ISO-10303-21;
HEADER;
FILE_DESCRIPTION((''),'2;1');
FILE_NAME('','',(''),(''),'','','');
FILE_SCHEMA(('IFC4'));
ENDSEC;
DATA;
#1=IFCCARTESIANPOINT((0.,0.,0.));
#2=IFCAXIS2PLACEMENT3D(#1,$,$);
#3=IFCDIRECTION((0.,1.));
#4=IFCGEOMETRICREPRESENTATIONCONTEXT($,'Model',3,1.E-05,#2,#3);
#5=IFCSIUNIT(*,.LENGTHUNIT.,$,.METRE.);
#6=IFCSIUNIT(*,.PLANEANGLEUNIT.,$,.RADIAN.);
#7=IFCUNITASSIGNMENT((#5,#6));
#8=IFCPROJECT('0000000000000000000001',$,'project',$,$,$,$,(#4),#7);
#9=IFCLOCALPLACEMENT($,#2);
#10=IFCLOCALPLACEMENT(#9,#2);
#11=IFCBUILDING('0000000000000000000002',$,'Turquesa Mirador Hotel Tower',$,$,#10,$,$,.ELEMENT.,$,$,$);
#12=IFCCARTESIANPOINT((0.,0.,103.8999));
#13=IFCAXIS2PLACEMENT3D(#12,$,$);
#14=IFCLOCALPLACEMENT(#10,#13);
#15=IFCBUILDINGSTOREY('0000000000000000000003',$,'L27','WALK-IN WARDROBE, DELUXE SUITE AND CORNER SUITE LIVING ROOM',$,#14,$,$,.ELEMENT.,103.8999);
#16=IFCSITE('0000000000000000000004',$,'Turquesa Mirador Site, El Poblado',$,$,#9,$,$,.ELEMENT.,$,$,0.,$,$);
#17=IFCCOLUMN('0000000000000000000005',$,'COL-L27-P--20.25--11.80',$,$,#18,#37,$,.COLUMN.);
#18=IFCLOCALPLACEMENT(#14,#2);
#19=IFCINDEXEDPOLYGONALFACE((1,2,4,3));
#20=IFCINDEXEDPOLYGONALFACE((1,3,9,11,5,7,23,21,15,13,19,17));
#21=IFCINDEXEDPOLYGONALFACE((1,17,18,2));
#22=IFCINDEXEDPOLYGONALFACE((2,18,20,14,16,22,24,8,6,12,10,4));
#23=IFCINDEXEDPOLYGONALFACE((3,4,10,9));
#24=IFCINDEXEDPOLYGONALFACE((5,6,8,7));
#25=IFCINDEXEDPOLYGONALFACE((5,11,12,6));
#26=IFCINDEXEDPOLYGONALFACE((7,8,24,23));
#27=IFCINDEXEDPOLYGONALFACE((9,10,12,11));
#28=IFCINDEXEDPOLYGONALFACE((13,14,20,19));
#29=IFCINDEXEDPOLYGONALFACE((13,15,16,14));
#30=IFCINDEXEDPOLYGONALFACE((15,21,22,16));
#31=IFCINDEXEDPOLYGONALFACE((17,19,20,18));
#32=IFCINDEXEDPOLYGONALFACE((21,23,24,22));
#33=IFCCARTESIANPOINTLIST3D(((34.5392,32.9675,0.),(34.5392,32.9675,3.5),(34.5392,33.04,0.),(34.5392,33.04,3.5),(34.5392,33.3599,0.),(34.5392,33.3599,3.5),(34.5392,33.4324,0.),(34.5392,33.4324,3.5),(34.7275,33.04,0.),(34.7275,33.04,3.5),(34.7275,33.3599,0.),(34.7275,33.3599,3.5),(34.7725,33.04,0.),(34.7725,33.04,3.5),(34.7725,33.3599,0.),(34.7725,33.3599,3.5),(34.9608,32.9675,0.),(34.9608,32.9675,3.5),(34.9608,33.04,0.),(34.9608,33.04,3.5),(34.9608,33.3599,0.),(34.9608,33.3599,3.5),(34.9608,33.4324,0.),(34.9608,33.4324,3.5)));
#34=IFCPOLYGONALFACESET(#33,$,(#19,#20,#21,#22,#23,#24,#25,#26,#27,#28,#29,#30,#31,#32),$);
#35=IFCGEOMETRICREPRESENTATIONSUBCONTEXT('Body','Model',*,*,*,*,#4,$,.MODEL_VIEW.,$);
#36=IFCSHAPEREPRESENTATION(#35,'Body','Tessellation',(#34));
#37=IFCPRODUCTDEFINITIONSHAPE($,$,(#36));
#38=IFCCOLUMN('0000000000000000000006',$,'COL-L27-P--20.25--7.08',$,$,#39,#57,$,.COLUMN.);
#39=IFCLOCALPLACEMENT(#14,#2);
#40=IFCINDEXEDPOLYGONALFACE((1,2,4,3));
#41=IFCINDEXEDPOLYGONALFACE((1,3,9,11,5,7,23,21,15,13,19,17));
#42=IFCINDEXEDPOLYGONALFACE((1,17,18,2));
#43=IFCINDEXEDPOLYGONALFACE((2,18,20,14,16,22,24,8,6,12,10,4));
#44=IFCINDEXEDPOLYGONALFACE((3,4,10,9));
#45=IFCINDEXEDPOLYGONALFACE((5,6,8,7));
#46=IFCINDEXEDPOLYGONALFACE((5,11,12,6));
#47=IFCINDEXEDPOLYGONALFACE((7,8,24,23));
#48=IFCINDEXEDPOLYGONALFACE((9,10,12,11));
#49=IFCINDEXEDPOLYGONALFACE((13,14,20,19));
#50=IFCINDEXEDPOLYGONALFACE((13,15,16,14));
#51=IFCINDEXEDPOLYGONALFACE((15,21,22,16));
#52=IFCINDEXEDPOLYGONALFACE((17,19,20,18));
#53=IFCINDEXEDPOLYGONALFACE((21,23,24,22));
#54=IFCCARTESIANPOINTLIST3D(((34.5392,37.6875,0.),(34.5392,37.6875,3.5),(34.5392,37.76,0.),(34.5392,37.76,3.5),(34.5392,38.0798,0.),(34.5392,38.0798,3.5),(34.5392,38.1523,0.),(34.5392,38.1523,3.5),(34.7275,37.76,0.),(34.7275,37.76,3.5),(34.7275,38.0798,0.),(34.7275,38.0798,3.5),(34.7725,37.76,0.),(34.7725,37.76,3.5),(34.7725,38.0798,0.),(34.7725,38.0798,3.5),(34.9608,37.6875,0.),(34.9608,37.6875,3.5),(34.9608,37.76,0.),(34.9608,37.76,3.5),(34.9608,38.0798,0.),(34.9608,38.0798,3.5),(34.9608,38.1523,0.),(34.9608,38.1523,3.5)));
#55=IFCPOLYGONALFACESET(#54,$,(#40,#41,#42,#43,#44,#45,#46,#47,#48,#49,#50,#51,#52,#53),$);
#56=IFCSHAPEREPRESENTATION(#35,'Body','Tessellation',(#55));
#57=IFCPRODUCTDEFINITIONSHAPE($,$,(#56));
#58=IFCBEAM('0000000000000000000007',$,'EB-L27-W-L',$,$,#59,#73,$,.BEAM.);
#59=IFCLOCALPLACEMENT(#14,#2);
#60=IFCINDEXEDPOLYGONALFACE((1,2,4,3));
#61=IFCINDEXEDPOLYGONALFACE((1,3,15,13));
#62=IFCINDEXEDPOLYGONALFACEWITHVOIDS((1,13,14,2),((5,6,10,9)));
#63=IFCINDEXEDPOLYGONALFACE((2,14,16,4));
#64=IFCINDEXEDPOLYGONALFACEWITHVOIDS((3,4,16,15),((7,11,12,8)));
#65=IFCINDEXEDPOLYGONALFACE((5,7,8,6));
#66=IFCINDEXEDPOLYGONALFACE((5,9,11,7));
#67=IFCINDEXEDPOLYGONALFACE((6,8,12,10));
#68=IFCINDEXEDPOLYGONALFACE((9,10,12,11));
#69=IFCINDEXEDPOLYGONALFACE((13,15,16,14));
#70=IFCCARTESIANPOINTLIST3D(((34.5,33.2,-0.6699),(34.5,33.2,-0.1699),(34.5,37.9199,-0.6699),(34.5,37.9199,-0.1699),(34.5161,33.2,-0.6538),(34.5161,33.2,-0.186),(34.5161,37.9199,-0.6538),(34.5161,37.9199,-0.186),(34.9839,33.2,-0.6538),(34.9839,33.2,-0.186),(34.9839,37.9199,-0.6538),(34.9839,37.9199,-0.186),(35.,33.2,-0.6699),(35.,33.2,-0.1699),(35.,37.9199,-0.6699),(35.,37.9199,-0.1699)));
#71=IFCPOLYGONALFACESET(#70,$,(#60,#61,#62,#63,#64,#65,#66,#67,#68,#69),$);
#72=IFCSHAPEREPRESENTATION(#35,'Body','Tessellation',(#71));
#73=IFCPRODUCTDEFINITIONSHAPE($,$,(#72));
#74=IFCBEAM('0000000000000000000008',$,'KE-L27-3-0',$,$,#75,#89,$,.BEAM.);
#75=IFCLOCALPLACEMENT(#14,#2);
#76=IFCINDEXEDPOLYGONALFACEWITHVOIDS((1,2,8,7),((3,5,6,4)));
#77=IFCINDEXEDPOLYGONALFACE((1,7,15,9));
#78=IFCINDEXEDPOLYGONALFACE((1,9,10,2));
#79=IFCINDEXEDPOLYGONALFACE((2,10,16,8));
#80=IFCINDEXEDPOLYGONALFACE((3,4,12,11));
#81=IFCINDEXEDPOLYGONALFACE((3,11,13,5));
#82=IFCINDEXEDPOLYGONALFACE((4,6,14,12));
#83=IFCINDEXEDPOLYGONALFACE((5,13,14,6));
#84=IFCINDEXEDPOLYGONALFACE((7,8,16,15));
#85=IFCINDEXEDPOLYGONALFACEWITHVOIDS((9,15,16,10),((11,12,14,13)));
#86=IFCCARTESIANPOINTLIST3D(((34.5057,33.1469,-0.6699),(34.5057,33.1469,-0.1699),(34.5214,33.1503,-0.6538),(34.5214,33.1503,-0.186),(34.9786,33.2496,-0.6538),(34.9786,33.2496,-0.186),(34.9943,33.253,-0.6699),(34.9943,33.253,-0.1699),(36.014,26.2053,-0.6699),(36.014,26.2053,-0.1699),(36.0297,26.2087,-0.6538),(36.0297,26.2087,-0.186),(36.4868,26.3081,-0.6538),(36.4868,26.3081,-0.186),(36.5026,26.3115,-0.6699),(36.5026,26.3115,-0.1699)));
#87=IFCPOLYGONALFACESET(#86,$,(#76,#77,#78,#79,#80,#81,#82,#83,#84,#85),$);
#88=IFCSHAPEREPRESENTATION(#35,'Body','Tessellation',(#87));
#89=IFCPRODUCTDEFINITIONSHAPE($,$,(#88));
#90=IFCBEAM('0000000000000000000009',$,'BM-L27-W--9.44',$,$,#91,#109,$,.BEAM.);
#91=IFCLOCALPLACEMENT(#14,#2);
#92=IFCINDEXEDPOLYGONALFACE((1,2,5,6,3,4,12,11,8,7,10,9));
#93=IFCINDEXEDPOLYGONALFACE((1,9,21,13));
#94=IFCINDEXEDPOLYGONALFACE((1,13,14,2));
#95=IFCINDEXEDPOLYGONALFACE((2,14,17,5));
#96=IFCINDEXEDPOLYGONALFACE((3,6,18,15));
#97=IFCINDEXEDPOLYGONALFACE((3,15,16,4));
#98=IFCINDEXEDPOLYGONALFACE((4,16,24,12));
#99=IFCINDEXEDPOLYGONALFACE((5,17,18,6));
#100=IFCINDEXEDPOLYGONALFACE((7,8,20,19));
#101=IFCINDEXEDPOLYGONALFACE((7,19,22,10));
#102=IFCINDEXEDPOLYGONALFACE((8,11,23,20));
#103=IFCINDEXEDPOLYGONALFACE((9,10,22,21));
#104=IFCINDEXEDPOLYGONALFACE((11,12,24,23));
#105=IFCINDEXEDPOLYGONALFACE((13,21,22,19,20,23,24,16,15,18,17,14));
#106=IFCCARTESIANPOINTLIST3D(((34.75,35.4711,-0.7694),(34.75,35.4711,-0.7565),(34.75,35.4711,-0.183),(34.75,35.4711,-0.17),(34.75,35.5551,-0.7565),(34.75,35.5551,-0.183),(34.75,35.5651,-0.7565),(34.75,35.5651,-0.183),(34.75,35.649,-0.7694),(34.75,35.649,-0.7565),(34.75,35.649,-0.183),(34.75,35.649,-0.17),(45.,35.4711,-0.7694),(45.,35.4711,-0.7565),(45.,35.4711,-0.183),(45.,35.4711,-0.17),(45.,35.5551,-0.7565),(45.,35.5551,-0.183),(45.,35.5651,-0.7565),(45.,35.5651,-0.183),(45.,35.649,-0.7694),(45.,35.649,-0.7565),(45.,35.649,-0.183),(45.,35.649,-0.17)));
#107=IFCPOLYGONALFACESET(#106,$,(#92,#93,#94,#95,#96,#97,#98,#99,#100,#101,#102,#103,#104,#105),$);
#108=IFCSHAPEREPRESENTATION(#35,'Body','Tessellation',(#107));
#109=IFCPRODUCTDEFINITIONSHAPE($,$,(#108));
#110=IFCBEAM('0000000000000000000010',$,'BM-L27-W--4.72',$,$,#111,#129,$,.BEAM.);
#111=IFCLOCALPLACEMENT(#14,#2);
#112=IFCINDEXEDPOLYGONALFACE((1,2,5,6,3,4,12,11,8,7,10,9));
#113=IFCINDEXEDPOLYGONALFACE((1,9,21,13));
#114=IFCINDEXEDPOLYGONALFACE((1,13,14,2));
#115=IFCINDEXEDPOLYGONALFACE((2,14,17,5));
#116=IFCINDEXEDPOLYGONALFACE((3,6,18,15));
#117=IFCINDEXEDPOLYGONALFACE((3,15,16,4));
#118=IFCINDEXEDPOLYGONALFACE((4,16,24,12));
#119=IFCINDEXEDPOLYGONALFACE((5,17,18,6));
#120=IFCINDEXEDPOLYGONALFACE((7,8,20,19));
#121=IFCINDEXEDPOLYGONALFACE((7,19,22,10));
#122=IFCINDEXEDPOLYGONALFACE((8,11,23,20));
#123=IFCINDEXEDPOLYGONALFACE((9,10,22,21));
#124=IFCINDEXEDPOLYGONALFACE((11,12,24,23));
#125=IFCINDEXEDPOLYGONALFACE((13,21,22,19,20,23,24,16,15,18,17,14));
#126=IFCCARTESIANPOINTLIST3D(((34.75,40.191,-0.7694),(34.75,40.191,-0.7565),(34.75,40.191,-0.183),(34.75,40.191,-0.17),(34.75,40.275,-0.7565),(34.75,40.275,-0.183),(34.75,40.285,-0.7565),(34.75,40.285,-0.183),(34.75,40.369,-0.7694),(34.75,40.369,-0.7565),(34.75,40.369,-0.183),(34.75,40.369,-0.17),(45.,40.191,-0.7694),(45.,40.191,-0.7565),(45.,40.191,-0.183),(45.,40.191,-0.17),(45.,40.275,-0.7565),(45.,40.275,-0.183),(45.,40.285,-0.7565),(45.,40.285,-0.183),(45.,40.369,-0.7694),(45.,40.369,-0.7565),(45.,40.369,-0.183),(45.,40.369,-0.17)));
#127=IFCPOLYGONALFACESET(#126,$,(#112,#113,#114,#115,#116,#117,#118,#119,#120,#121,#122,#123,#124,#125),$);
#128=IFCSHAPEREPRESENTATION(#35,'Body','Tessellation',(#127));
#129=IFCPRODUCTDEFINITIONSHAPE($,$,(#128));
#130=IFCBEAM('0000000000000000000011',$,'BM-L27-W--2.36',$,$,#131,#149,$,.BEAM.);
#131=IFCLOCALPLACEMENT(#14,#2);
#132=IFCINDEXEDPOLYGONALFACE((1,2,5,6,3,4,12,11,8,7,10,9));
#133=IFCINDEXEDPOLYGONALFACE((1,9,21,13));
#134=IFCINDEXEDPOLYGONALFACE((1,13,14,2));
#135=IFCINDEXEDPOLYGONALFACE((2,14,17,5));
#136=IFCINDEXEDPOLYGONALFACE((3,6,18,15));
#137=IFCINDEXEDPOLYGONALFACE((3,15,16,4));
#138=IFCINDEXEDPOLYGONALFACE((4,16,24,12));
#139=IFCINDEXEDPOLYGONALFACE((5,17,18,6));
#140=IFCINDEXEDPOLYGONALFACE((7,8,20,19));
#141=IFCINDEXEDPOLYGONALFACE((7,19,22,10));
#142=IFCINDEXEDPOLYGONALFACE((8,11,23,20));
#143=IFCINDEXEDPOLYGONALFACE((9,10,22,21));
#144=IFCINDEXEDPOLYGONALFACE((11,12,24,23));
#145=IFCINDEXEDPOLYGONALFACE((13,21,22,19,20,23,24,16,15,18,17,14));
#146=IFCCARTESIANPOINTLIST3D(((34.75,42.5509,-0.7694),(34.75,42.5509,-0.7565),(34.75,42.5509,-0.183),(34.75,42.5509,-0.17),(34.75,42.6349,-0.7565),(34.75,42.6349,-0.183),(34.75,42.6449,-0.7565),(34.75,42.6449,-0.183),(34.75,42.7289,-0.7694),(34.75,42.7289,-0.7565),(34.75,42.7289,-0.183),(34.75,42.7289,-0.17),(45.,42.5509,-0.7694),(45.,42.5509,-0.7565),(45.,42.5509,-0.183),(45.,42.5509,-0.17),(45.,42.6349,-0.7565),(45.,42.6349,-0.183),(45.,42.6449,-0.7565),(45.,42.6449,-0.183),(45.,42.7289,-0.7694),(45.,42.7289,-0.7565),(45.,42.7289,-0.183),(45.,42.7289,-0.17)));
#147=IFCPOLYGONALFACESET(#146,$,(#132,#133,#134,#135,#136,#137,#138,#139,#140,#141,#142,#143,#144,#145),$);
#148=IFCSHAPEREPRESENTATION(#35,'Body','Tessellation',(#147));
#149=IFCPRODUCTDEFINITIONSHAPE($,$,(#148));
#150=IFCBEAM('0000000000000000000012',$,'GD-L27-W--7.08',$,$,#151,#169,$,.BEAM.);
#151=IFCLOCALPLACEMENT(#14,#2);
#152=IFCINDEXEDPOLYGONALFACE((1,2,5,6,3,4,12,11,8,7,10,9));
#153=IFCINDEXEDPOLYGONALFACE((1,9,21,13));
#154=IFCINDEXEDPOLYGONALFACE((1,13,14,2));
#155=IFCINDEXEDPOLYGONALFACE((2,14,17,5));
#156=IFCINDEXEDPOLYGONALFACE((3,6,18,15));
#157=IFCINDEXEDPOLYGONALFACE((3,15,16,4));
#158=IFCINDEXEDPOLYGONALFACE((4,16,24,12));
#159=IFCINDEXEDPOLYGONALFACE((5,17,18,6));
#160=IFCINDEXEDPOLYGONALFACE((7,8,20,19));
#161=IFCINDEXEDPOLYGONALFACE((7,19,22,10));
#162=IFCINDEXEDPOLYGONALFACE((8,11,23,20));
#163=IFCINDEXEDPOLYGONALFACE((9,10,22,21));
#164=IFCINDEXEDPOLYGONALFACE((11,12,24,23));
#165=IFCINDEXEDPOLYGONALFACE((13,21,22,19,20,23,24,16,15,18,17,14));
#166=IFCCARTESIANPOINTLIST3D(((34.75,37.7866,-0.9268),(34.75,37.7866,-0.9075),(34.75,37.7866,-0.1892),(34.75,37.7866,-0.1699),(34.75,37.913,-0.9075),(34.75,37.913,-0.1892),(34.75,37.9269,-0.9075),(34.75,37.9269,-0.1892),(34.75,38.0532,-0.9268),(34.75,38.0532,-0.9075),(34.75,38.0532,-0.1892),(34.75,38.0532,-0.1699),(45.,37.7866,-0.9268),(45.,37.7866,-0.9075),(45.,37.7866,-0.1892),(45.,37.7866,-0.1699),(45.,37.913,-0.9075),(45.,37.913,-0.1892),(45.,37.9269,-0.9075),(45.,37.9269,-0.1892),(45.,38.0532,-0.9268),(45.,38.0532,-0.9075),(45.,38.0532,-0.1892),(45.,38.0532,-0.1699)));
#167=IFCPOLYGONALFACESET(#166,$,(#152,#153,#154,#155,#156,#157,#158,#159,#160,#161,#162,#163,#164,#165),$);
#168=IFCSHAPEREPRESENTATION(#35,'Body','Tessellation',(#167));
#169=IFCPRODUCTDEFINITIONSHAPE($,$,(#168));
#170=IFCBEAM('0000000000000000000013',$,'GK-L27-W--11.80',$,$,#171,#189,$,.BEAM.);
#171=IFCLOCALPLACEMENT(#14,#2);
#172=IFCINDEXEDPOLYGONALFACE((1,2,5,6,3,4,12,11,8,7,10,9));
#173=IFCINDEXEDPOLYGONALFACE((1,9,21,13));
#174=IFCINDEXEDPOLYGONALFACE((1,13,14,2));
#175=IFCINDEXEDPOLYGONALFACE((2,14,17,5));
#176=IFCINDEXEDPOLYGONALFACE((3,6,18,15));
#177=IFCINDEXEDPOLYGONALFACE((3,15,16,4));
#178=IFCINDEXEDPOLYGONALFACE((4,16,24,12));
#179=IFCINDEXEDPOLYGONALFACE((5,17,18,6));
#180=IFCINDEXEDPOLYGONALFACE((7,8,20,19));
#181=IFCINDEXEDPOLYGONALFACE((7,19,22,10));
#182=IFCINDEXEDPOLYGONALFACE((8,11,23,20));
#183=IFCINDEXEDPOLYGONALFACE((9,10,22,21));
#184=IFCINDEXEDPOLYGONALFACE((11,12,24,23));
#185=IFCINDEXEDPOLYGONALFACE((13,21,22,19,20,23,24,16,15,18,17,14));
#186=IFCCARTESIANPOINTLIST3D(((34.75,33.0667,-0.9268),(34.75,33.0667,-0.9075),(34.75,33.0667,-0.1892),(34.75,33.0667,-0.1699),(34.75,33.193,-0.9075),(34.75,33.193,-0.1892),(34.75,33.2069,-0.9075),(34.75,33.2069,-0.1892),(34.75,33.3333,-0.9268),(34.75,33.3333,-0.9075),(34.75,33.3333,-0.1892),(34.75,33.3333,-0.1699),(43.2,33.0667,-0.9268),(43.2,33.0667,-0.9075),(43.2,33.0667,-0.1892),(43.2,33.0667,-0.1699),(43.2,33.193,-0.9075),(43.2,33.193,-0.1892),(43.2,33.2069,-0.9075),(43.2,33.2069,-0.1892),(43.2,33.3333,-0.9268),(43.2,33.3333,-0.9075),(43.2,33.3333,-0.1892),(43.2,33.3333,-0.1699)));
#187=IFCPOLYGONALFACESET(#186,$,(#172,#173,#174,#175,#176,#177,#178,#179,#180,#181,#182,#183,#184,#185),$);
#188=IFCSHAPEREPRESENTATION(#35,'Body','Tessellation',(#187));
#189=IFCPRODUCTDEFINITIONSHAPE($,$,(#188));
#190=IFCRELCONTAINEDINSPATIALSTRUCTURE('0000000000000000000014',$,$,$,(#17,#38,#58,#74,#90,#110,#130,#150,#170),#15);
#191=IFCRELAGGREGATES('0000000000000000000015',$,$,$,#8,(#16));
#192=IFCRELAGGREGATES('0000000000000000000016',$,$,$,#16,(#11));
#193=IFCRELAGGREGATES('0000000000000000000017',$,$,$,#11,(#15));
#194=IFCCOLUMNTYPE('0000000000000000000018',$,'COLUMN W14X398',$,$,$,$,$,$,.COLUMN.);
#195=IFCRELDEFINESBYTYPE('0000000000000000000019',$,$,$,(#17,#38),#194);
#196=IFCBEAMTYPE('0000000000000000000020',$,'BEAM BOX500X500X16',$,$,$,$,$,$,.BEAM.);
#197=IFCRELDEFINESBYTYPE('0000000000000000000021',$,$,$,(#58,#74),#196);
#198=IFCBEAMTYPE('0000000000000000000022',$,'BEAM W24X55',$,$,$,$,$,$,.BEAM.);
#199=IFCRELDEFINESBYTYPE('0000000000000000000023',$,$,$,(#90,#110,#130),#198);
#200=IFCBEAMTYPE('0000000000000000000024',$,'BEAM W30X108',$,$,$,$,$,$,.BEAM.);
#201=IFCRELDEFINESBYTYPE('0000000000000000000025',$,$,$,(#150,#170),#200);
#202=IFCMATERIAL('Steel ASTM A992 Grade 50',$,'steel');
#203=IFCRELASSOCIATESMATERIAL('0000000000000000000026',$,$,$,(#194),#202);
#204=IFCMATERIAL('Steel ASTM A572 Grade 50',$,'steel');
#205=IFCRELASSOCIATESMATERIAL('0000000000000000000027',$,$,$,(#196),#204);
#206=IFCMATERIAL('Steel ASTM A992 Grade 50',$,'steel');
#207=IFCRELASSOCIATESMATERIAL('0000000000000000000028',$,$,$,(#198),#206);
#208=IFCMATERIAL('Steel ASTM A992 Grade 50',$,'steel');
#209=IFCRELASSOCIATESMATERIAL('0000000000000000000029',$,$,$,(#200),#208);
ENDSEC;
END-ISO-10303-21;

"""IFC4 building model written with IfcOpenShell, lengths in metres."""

from ifc_helpers import new_model, si_unit, direction, frame, origin, origin_2d, place, context, subcontext, project, spatial, hollow_rectangle, i_section, extrude, material, material_profile, profile_set, type_object, element, save


model = new_model("IFC4")

# Units and contexts
model_context = context("Model", 3, precision=1e-05, world=origin(), true_north=direction((0.0, 1.0)))
body_context = subcontext(model_context, "Body", "Model", "MODEL_VIEW")
ifc_project = project(units=[si_unit("LENGTHUNIT", "METRE"), si_unit("PLANEANGLEUNIT", "RADIAN")], contexts=[model_context])

# Site, building, storey
site_placement = place(None, origin())
site = spatial("IfcSite", under=ifc_project, at=site_placement, Name="Turquesa Mirador Site, El Poblado", CompositionType="ELEMENT", RefElevation=0.0)
building_placement = place(site_placement, origin())
building = spatial("IfcBuilding", under=site, at=building_placement, Name="Turquesa Mirador Hotel Tower", CompositionType="ELEMENT")
storey_placement = place(building_placement, frame((0.0, 0.0, 103.8999)))
storey = spatial("IfcBuildingStorey", under=building, at=storey_placement, Name="L27", Description="WALK-IN WARDROBE, DELUXE SUITE AND CORNER SUITE LIVING ROOM", CompositionType="ELEMENT", Elevation=103.8999)

# Columns
ifc_material_1 = material(Name="Steel ASTM A992 Grade 50", Category="steel")
ifc_material_profile_1 = material_profile(ifc_material_1, i_section(OverallWidth=0.4216, OverallDepth=0.4648, WebThickness=0.0449, FlangeThickness=0.0725, at=origin_2d()), Name="W14X398")
ifc_profile_set_1 = profile_set([ifc_material_profile_1], Name="Steel ASTM A992 Grade 50")
column_type = type_object("IfcColumnType", Name="COLUMN W14X398", PredefinedType="COLUMN", material=ifc_profile_set_1)
for number, where, z_axis, x_axis, name in (
    (1, (34.75, 33.2, 0.0), (0.0, 0.0, 1.0), (1.0, 0.0, 0.0), "COL-L27-P--20.25--11.80"),
    (2, (34.75, 37.9199, 0.0), (0.0, 0.0, 1.0), (1.0, 0.0, 0.0), "COL-L27-P--20.25--7.08"),
):
    element("IfcColumn", number, at=place(storey_placement, frame(where, z_axis=z_axis, x_axis=x_axis)), inside=storey, type_object=column_type, Name=name, PredefinedType="COLUMN", context=body_context, shape_type="SweptSolid", body=[
        extrude(i_section(OverallWidth=0.4216, OverallDepth=0.4648, WebThickness=0.0449, FlangeThickness=0.0725, at=origin_2d()), origin(), (0.0, 0.0, 1.0), 3.5),
    ])

# Beams
ifc_material_2 = material(Name="Steel ASTM A572 Grade 50", Category="steel")
ifc_material_profile_2 = material_profile(ifc_material_2, hollow_rectangle(XDim=0.5, YDim=0.5, WallThickness=0.0161, at=origin_2d()), Name="BOX500X500X16")
ifc_profile_set_2 = profile_set([ifc_material_profile_2], Name="Steel ASTM A572 Grade 50")
beam_type_1 = type_object("IfcBeamType", Name="BEAM BOX500X500X16", PredefinedType="BEAM", material=ifc_profile_set_2)
beam_1_placement = place(storey_placement, frame((34.75, 33.2, -0.4199), z_axis=(0.0, 1.0, 0.0), x_axis=(-1.0, 0.0, 0.0)))
element("IfcBeam", 3, at=beam_1_placement, inside=storey, type_object=beam_type_1, Name="EB-L27-W-L", PredefinedType="BEAM", context=body_context, shape_type="SweptSolid", body=[
    extrude(hollow_rectangle(XDim=0.5, YDim=0.5, WallThickness=0.0161, at=origin_2d()), origin(), (0.0, 0.0, 1.0), 4.72),
])
beam_2_placement = place(storey_placement, frame((34.75, 33.2, -0.4199), z_axis=(0.212328, -0.977198, 0.0), x_axis=(0.977198, 0.212328, 0.0)))
element("IfcBeam", 4, at=beam_2_placement, inside=storey, type_object=beam_type_1, Name="KE-L27-3-0", PredefinedType="BEAM", context=body_context, shape_type="SweptSolid", body=[
    extrude(hollow_rectangle(XDim=0.5, YDim=0.5, WallThickness=0.0161, at=origin_2d()), origin(), (0.0, 0.0, 1.0), 7.1035),
])
ifc_material_3 = material(Name="Steel ASTM A992 Grade 50", Category="steel")
ifc_material_profile_3 = material_profile(ifc_material_3, i_section(OverallWidth=0.178, OverallDepth=0.5994, WebThickness=0.01, FlangeThickness=0.0129, at=origin_2d()), Name="W24X55")
ifc_profile_set_3 = profile_set([ifc_material_profile_3], Name="Steel ASTM A992 Grade 50")
beam_type_2 = type_object("IfcBeamType", Name="BEAM W24X55", PredefinedType="BEAM", material=ifc_profile_set_3)
for number, where, z_axis, x_axis, name in (
    (5, (34.75, 35.5601, -0.4697), (1.0, 0.0, 0.0), (0.0, 1.0, 0.0), "BM-L27-W--9.44"),
    (6, (34.75, 40.28, -0.4697), (1.0, 0.0, 0.0), (0.0, 1.0, 0.0), "BM-L27-W--4.72"),
    (7, (34.75, 42.6399, -0.4697), (1.0, 0.0, 0.0), (0.0, 1.0, 0.0), "BM-L27-W--2.36"),
):
    element("IfcBeam", number, at=place(storey_placement, frame(where, z_axis=z_axis, x_axis=x_axis)), inside=storey, type_object=beam_type_2, Name=name, PredefinedType="BEAM", context=body_context, shape_type="SweptSolid", body=[
        extrude(i_section(OverallWidth=0.178, OverallDepth=0.5994, WebThickness=0.01, FlangeThickness=0.0129, at=origin_2d()), origin(), (0.0, 0.0, 1.0), 10.25),
    ])
ifc_material_4 = material(Name="Steel ASTM A992 Grade 50", Category="steel")
ifc_material_profile_4 = material_profile(ifc_material_4, i_section(OverallWidth=0.2666, OverallDepth=0.7568, WebThickness=0.0139, FlangeThickness=0.0193, at=origin_2d()), Name="W30X108")
ifc_profile_set_4 = profile_set([ifc_material_profile_4], Name="Steel ASTM A992 Grade 50")
beam_type_3 = type_object("IfcBeamType", Name="BEAM W30X108", PredefinedType="BEAM", material=ifc_profile_set_4)
beam_3_placement = place(storey_placement, frame((34.75, 37.9199, -0.5483), z_axis=(1.0, 0.0, 0.0), x_axis=(0.0, 1.0, 0.0)))
element("IfcBeam", 8, at=beam_3_placement, inside=storey, type_object=beam_type_3, Name="GD-L27-W--7.08", PredefinedType="BEAM", context=body_context, shape_type="SweptSolid", body=[
    extrude(i_section(OverallWidth=0.2666, OverallDepth=0.7568, WebThickness=0.0139, FlangeThickness=0.0193, at=origin_2d()), origin(), (0.0, 0.0, 1.0), 10.25),
])
beam_4_placement = place(storey_placement, frame((34.75, 33.2, -0.5483), z_axis=(1.0, 0.0, 0.0), x_axis=(0.0, 1.0, 0.0)))
element("IfcBeam", 9, at=beam_4_placement, inside=storey, type_object=beam_type_3, Name="GK-L27-W--11.80", PredefinedType="BEAM", context=body_context, shape_type="SweptSolid", body=[
    extrude(i_section(OverallWidth=0.2666, OverallDepth=0.7568, WebThickness=0.0139, FlangeThickness=0.0193, at=origin_2d()), origin(), (0.0, 0.0, 1.0), 8.45),
])

save(model, "model.ifc")
